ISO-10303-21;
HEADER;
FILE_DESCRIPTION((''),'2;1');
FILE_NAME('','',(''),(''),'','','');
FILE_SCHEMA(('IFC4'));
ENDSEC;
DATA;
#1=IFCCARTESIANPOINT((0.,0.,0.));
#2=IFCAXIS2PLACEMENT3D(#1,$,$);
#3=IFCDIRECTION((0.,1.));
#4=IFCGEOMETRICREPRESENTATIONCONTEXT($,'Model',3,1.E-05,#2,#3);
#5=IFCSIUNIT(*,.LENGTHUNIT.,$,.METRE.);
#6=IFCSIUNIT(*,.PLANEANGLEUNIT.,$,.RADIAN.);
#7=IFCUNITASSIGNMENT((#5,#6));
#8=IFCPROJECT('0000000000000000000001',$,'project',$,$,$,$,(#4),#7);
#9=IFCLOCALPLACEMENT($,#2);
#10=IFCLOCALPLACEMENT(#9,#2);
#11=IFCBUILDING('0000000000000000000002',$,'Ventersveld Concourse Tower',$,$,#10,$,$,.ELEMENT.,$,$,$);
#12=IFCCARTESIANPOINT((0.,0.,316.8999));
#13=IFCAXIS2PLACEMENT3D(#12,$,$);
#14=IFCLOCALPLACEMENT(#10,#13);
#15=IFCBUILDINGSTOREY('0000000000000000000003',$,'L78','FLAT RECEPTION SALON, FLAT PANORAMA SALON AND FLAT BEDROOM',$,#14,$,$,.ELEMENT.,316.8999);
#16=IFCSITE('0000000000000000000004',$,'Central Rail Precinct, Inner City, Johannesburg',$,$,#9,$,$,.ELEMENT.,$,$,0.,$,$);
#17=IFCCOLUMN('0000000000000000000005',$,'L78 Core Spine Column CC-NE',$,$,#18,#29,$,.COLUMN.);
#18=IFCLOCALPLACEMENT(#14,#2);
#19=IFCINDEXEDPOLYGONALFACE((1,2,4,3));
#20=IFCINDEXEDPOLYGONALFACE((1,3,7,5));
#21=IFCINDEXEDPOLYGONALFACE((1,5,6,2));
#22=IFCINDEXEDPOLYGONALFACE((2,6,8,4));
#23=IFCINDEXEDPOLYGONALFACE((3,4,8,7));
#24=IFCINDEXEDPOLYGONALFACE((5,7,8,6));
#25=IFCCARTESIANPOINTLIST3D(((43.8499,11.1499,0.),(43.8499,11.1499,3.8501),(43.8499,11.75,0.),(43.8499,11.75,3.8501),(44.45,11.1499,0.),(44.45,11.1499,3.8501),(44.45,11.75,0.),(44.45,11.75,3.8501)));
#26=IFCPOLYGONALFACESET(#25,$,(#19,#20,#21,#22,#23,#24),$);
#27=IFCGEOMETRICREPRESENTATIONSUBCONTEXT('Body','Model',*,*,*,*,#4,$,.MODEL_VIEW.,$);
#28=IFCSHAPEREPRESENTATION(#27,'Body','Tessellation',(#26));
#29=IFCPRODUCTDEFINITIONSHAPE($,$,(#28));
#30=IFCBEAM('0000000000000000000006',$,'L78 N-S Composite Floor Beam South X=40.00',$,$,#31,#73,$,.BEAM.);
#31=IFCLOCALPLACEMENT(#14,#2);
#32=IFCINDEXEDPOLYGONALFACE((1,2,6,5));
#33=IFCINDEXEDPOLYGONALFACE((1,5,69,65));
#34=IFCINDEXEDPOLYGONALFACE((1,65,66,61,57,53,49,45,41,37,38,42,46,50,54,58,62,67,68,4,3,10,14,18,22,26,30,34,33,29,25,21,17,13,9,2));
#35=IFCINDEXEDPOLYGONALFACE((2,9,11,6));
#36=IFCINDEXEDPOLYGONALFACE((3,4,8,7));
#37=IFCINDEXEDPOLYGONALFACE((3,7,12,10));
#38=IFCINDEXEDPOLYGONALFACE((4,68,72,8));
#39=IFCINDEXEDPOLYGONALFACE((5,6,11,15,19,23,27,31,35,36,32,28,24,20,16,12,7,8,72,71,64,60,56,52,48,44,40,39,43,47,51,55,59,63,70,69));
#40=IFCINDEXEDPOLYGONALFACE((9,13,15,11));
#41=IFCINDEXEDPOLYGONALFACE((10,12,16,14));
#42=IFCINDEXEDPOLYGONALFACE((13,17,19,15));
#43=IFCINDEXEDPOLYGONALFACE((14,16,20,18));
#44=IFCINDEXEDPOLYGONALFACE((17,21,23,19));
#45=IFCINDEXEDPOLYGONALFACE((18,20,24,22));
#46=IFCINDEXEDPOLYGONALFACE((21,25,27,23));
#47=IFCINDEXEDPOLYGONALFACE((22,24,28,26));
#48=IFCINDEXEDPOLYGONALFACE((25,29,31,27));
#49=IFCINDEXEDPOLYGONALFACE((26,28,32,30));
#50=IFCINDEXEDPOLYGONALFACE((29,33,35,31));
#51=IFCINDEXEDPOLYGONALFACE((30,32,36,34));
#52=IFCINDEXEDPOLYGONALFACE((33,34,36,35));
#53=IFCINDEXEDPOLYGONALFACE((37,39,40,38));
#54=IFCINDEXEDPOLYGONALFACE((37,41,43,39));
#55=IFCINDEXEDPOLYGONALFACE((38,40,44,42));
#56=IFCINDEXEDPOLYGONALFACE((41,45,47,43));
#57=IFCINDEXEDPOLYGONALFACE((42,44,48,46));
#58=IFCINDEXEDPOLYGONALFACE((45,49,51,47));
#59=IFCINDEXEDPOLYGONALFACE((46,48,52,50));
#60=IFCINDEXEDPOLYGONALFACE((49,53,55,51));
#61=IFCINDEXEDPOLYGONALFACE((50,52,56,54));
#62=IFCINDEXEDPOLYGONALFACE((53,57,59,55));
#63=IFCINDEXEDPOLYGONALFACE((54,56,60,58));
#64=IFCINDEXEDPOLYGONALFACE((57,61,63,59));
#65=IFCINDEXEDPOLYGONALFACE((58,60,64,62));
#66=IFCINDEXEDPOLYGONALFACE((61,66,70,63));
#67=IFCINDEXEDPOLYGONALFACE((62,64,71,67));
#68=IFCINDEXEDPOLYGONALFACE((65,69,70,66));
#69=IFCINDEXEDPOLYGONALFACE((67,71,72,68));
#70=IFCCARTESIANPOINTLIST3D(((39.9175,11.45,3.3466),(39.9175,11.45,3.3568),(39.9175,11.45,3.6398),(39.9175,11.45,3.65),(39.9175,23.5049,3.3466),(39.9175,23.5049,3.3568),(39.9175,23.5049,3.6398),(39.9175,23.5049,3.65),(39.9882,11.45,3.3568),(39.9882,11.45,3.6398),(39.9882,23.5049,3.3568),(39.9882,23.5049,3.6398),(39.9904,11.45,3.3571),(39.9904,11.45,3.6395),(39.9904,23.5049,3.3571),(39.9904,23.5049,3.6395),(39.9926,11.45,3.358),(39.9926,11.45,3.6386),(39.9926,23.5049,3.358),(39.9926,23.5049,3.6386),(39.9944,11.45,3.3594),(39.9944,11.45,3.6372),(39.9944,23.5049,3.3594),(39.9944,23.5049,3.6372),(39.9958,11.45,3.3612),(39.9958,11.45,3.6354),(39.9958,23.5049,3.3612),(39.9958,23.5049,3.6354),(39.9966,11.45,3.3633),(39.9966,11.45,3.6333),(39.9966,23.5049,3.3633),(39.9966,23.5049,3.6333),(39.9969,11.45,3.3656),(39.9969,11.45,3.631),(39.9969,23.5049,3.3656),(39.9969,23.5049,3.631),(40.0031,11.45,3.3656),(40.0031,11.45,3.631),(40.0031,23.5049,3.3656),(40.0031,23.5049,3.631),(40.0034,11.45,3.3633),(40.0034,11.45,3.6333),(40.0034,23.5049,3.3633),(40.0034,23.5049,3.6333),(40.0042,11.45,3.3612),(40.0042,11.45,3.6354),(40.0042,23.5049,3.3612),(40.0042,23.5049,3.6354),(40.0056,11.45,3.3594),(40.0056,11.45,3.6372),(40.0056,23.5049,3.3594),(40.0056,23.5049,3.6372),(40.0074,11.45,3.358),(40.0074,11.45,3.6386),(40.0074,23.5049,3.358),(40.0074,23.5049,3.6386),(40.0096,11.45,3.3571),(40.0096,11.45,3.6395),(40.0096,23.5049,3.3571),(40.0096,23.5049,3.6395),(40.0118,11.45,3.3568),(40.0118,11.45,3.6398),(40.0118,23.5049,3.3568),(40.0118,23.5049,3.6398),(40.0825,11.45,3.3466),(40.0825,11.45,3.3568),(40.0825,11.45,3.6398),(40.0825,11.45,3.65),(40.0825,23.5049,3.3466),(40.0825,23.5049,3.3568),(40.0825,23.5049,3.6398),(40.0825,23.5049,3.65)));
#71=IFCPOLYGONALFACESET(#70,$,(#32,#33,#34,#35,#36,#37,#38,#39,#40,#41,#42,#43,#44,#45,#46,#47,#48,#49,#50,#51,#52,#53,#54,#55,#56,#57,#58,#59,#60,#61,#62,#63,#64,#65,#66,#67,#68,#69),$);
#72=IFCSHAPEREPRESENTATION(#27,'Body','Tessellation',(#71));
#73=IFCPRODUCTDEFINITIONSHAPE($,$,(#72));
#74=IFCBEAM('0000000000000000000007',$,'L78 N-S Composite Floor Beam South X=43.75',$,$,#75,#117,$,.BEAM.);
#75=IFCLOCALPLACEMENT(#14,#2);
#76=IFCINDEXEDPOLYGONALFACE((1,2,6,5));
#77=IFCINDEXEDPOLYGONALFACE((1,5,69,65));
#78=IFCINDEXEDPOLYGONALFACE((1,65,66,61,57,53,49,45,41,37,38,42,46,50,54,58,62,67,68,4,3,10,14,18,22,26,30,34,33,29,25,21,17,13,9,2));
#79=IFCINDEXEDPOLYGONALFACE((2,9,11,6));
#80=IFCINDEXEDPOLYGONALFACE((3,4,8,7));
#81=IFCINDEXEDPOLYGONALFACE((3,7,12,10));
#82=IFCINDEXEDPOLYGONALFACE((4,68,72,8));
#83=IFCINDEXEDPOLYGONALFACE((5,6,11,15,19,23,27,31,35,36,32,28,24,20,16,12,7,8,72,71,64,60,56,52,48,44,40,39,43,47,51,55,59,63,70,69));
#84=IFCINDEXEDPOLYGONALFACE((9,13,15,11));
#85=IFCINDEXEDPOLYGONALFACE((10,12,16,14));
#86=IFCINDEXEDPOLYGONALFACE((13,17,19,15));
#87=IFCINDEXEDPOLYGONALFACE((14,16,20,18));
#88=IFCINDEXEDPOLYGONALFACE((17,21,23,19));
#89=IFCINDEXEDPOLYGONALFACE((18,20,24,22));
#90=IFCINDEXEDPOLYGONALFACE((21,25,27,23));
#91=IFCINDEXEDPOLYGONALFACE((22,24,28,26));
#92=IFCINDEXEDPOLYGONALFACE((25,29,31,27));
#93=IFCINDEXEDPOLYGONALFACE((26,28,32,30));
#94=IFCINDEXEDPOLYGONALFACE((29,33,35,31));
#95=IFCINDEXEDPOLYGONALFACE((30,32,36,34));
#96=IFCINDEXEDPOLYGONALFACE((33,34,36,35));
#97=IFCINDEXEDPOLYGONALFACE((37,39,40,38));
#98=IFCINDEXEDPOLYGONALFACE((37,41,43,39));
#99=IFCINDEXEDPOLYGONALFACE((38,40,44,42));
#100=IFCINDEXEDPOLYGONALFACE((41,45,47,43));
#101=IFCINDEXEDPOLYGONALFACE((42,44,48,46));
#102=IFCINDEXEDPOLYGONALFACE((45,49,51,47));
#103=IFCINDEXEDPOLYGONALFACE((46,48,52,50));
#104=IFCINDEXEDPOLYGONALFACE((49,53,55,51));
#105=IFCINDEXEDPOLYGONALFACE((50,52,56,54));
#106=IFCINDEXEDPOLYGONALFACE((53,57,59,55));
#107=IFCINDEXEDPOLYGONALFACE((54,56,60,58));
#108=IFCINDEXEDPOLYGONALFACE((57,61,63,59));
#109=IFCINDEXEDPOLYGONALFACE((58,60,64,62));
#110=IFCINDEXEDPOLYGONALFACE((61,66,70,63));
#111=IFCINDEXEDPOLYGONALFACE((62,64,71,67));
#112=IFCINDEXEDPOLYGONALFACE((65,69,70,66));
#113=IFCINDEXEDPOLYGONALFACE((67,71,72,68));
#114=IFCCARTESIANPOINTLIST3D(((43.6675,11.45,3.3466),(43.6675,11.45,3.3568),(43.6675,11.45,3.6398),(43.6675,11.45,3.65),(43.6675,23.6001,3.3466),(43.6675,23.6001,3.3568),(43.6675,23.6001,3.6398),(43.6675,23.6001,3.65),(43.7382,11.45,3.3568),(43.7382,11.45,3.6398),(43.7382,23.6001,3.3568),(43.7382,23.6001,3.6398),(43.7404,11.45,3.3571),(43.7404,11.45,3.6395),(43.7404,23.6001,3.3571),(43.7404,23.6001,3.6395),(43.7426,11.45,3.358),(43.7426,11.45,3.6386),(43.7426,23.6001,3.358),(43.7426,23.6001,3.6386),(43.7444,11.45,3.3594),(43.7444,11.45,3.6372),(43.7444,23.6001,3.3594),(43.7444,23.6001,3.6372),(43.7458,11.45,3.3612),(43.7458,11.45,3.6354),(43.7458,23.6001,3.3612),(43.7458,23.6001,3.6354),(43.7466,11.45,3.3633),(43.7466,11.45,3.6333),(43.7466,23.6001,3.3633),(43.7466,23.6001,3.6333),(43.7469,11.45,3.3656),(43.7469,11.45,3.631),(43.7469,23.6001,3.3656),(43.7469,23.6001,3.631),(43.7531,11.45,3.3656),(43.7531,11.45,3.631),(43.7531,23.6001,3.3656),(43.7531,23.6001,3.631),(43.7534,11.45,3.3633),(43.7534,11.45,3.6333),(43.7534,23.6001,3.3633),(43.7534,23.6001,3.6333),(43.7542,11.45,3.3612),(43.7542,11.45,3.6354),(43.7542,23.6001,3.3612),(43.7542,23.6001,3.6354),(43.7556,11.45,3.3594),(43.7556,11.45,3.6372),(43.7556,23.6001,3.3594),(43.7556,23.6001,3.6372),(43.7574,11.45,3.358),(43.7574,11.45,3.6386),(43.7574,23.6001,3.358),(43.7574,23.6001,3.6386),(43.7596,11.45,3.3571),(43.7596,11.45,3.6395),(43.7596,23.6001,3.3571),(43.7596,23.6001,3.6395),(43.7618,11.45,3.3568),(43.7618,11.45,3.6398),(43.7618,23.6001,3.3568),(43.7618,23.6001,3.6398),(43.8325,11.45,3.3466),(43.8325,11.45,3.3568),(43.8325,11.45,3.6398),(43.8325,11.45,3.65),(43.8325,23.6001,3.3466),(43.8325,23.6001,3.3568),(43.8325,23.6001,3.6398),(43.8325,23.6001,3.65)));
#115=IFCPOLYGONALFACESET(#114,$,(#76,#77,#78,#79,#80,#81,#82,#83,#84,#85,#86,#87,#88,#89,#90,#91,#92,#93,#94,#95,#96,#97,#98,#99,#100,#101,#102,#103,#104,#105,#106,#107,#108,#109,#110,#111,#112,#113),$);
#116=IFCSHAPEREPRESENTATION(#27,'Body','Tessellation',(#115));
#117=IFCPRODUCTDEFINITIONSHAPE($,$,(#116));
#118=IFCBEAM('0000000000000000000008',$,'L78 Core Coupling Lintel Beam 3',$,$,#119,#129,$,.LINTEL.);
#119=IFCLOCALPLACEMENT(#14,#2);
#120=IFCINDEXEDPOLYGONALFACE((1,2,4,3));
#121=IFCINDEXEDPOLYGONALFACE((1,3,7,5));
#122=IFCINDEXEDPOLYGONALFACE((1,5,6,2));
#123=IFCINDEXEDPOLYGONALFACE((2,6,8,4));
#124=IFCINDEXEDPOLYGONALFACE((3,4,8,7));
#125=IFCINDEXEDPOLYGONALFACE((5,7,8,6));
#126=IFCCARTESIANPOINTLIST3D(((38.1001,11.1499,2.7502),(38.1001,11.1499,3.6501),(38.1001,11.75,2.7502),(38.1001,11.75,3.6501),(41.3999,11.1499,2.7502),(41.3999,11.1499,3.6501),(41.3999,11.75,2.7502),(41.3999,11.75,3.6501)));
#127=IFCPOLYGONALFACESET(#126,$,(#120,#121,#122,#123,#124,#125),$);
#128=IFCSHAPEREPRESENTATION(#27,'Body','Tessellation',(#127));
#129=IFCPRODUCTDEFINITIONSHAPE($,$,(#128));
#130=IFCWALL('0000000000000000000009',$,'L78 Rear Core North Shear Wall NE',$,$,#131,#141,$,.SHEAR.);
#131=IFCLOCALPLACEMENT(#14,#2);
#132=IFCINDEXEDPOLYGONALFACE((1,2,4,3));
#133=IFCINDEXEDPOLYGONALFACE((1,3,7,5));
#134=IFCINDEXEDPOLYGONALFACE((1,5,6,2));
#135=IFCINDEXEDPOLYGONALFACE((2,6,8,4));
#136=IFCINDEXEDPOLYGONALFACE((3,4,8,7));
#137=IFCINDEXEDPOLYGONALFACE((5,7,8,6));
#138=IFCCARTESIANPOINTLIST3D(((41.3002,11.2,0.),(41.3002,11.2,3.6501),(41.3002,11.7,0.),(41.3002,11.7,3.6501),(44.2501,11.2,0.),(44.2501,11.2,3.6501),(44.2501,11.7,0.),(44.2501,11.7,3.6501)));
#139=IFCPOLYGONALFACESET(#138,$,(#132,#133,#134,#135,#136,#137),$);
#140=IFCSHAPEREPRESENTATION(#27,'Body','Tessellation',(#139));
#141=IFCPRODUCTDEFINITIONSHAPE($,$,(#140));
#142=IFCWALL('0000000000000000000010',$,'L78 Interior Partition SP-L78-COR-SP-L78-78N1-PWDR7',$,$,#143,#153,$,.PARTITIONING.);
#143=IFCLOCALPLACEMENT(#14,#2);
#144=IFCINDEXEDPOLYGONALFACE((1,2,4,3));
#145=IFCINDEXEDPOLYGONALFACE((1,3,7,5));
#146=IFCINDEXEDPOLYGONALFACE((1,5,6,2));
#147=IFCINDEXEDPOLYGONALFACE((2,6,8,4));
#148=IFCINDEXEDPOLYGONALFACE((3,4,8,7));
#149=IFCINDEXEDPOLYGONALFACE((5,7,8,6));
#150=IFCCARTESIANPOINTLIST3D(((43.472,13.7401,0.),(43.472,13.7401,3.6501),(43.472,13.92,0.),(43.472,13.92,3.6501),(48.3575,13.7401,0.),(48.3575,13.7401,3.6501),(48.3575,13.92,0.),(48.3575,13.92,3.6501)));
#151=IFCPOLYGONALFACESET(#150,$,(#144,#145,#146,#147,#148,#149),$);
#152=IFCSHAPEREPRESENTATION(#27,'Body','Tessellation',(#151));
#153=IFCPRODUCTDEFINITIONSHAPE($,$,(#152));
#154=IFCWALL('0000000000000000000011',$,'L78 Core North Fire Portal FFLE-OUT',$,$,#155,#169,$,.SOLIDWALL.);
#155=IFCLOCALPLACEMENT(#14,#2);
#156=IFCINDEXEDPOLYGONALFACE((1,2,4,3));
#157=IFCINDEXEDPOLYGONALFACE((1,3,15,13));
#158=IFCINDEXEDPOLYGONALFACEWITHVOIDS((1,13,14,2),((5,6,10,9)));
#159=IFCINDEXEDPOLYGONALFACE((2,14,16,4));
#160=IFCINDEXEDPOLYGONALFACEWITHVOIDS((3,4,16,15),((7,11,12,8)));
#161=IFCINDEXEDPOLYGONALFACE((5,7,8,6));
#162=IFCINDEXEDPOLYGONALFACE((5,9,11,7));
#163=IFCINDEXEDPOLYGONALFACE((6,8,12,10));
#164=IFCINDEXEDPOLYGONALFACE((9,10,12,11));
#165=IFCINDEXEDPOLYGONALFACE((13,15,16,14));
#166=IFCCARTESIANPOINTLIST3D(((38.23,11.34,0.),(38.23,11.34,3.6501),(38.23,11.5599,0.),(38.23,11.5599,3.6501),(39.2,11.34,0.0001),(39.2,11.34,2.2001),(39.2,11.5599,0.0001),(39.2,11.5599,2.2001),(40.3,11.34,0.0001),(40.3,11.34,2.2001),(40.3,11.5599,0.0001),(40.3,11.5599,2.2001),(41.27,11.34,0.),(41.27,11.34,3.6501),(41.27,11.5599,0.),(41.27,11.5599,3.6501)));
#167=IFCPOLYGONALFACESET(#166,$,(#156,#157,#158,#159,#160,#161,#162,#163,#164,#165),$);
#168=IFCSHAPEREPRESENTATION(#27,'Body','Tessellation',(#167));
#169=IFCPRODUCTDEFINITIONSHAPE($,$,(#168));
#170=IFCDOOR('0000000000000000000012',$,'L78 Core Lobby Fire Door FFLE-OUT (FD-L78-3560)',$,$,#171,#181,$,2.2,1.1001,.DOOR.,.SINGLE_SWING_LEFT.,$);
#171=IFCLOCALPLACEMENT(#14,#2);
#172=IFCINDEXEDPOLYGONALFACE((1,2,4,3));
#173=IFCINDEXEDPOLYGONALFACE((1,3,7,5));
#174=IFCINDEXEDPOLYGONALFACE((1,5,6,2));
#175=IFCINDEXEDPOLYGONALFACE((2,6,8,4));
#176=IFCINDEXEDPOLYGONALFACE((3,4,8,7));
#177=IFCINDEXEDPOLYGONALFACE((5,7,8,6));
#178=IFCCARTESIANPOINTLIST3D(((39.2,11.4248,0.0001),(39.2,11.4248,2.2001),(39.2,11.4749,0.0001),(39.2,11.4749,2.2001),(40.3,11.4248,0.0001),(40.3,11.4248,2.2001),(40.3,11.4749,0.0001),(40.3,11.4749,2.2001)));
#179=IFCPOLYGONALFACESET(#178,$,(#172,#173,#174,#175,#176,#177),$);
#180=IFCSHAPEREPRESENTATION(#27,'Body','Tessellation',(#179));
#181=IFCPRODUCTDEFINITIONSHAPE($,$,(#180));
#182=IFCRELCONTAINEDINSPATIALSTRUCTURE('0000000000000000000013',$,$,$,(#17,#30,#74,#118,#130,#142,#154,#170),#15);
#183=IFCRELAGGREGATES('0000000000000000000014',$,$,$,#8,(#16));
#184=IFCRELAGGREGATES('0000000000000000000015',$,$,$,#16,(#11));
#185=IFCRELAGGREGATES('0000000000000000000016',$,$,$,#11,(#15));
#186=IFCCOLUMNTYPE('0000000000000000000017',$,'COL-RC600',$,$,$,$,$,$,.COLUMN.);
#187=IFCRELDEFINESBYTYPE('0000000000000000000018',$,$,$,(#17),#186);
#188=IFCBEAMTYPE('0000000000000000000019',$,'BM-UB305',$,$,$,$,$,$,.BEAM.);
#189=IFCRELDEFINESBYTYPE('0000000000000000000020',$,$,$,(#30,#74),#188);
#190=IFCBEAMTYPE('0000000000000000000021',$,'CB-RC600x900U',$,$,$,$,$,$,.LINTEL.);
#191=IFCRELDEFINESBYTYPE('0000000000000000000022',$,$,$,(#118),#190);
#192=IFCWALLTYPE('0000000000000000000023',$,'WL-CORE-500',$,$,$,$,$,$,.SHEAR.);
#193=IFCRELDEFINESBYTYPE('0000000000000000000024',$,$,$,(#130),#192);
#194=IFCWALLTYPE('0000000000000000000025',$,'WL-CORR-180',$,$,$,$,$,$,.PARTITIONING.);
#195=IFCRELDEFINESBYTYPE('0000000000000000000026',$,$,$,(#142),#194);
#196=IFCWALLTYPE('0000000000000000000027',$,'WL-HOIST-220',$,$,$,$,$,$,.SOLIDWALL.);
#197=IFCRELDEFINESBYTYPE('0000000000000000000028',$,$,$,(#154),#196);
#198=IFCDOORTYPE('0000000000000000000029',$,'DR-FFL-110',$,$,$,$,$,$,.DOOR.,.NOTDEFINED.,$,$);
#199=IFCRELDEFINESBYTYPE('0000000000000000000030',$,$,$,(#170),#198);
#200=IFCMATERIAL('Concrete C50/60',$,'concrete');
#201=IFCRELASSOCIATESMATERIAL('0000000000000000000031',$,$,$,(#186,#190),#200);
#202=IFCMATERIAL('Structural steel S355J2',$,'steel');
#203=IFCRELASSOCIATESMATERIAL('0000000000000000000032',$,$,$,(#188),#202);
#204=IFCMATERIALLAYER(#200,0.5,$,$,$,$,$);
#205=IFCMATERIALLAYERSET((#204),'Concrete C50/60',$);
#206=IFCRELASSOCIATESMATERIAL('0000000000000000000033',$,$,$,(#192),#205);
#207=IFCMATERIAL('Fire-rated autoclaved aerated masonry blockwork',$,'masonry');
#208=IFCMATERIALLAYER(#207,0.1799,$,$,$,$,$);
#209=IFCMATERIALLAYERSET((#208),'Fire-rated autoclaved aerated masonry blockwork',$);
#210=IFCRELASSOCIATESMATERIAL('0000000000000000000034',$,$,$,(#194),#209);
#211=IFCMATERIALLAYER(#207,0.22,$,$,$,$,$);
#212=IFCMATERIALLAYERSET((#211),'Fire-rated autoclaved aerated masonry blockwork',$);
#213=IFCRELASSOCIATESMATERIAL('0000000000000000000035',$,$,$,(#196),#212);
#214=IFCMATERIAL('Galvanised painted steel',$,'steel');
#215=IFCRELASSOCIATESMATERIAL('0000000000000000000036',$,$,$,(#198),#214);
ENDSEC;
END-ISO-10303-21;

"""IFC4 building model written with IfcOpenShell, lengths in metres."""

from ifc_helpers import new_model, si_unit, direction, frame, frame_2d, origin, origin_2d, place, context, subcontext, project, spatial, rectangle, i_section, extrude, material, layer, layer_set, material_profile, profile_set, type_object, element, fill, save


model = new_model("IFC4")

# Units and contexts
model_context = context("Model", 3, precision=1e-05, world=origin(), true_north=direction((0.0, 1.0)))
body_context = subcontext(model_context, "Body", "Model", "MODEL_VIEW")
ifc_project = project(units=[si_unit("LENGTHUNIT", "METRE"), si_unit("PLANEANGLEUNIT", "RADIAN")], contexts=[model_context])

# Site, building, storey
site_placement = place(None, origin())
site = spatial("IfcSite", under=ifc_project, at=site_placement, Name="Central Rail Precinct, Inner City, Johannesburg", CompositionType="ELEMENT", RefElevation=0.0)
building_placement = place(site_placement, origin())
building = spatial("IfcBuilding", under=site, at=building_placement, Name="Ventersveld Concourse Tower", CompositionType="ELEMENT")
storey_placement = place(building_placement, frame((0.0, 0.0, 316.8999)))
storey = spatial("IfcBuildingStorey", under=building, at=storey_placement, Name="L78", Description="FLAT RECEPTION SALON, FLAT PANORAMA SALON AND FLAT BEDROOM", CompositionType="ELEMENT", Elevation=316.8999)

# Column
ifc_material_1 = material(Name="Concrete C50/60", Category="concrete")
ifc_material_profile_1 = material_profile(ifc_material_1, rectangle(XDim=0.6001, YDim=0.6001, at=origin_2d()), Name="RC 600x600")
ifc_profile_set_1 = profile_set([ifc_material_profile_1], Name="Concrete C50/60")
column_type = type_object("IfcColumnType", Name="COL-RC600", PredefinedType="COLUMN", material=ifc_profile_set_1)
column_placement = place(storey_placement, frame((44.1499, 11.45, 0.0), z_axis=(0.0, 0.0, 1.0), x_axis=(1.0, 0.0, 0.0)))
element("IfcColumn", 1, at=column_placement, inside=storey, type_object=column_type, Name="L78 Core Spine Column CC-NE", PredefinedType="COLUMN", context=body_context, shape_type="SweptSolid", body=[
    extrude(rectangle(XDim=0.6001, YDim=0.6001, at=origin_2d()), origin(), (0.0, 0.0, 1.0), 3.8501),
])

# Beams
ifc_material_2 = material(Name="Structural steel S355J2", Category="steel")
ifc_material_profile_2 = material_profile(ifc_material_2, i_section(OverallWidth=0.165, OverallDepth=0.3035, WebThickness=0.0061, FlangeThickness=0.0103, FilletRadius=0.0088, at=origin_2d()), Name="UB 305x165x40")
ifc_profile_set_2 = profile_set([ifc_material_profile_2], Name="Structural steel S355J2")
beam_type_1 = type_object("IfcBeamType", Name="BM-UB305", PredefinedType="BEAM", material=ifc_profile_set_2)
beam_1_placement = place(storey_placement, frame((40.0, 11.45, 3.4983), z_axis=(0.0, 1.0, 0.0), x_axis=(-1.0, 0.0, 0.0)))
element("IfcBeam", 2, at=beam_1_placement, inside=storey, type_object=beam_type_1, Name="L78 N-S Composite Floor Beam South X=40.00", PredefinedType="BEAM", context=body_context, shape_type="SweptSolid", body=[
    extrude(i_section(OverallWidth=0.165, OverallDepth=0.3035, WebThickness=0.0061, FlangeThickness=0.0103, FilletRadius=0.0088, at=origin_2d()), origin(), (0.0, 0.0, 1.0), 12.0549),
])
beam_2_placement = place(storey_placement, frame((43.75, 11.45, 3.4983), z_axis=(0.0, 1.0, 0.0), x_axis=(-1.0, 0.0, 0.0)))
element("IfcBeam", 3, at=beam_2_placement, inside=storey, type_object=beam_type_1, Name="L78 N-S Composite Floor Beam South X=43.75", PredefinedType="BEAM", context=body_context, shape_type="SweptSolid", body=[
    extrude(i_section(OverallWidth=0.165, OverallDepth=0.3035, WebThickness=0.0061, FlangeThickness=0.0103, FilletRadius=0.0088, at=origin_2d()), origin(), (0.0, 0.0, 1.0), 12.1501),
])
ifc_material_profile_3 = material_profile(ifc_material_1, rectangle(XDim=0.6001, YDim=0.8999, at=origin_2d()), Name="RC 600x900")
ifc_profile_set_3 = profile_set([ifc_material_profile_3], Name="Concrete C50/60")
beam_type_2 = type_object("IfcBeamType", Name="CB-RC600x900U", PredefinedType="LINTEL", material=ifc_profile_set_3)
beam_3_placement = place(storey_placement, frame((38.1001, 11.45, 3.2002), z_axis=(1.0, 0.0, 0.0), x_axis=(0.0, 1.0, 0.0)))
element("IfcBeam", 4, at=beam_3_placement, inside=storey, type_object=beam_type_2, Name="L78 Core Coupling Lintel Beam 3", PredefinedType="LINTEL", context=body_context, shape_type="SweptSolid", body=[
    extrude(rectangle(XDim=0.6001, YDim=0.8999, at=origin_2d()), origin(), (0.0, 0.0, 1.0), 3.2998),
])

# Wall
ifc_layer_1 = layer(ifc_material_1, 0.5)
ifc_layer_set_1 = layer_set([ifc_layer_1], Name="Concrete C50/60")
wall_type_1 = type_object("IfcWallType", Name="WL-CORE-500", PredefinedType="SHEAR", material=ifc_layer_set_1)
wall_1_placement = place(storey_placement, frame((41.3, 11.45, 0.0), z_axis=(0.0, 0.0, 1.0), x_axis=(1.0, 0.0, 0.0)))
element("IfcWall", 5, at=wall_1_placement, inside=storey, type_object=wall_type_1, Name="L78 Rear Core North Shear Wall NE", PredefinedType="SHEAR", context=body_context, shape_type="SweptSolid", body=[
    extrude(rectangle(XDim=2.95, YDim=0.5, at=frame_2d((1.4751, 0.0))), origin(), (0.0, 0.0, 1.0), 3.6501),
])

# Shared definitions
ifc_material_3 = material(Name="Fire-rated autoclaved aerated masonry blockwork", Category="masonry")
ifc_layer_2 = layer(ifc_material_3, 0.1799)
ifc_layer_set_2 = layer_set([ifc_layer_2], Name="Fire-rated autoclaved aerated masonry blockwork")
wall_type_2 = type_object("IfcWallType", Name="WL-CORR-180", PredefinedType="PARTITIONING", material=ifc_layer_set_2)

# Wall
wall_2_placement = place(storey_placement, frame((43.4719, 13.8301, 0.0), z_axis=(0.0, 0.0, 1.0), x_axis=(1.0, 0.0, 0.0)))
element("IfcWall", 6, at=wall_2_placement, inside=storey, type_object=wall_type_2, Name="L78 Interior Partition SP-L78-COR-SP-L78-78N1-PWDR7", PredefinedType="PARTITIONING", context=body_context, shape_type="SweptSolid", body=[
    extrude(rectangle(XDim=4.8855, YDim=0.1799, at=frame_2d((2.4429, 0.0))), origin(), (0.0, 0.0, 1.0), 3.6501),
])

# Wall, opening, door
ifc_layer_3 = layer(ifc_material_3, 0.22)
ifc_layer_set_3 = layer_set([ifc_layer_3], Name="Fire-rated autoclaved aerated masonry blockwork")
wall_type_3 = type_object("IfcWallType", Name="WL-HOIST-220", PredefinedType="SOLIDWALL", material=ifc_layer_set_3)
wall_3_placement = place(storey_placement, frame((38.23, 11.45, 0.0), z_axis=(0.0, 0.0, 1.0), x_axis=(1.0, 0.0, 0.0)))
wall_3 = element("IfcWall", 7, at=wall_3_placement, inside=storey, type_object=wall_type_3, Name="L78 Core North Fire Portal FFLE-OUT", PredefinedType="SOLIDWALL", context=body_context, shape_type="SweptSolid", body=[
    extrude(rectangle(XDim=3.04, YDim=0.22, at=frame_2d((1.52, 0.0))), origin(), (0.0, 0.0, 1.0), 3.6501),
])
opening_1_placement = place(wall_3_placement, frame((0.97, 0.0, 0.0)))
opening_1 = element("IfcOpeningElement", 8, at=opening_1_placement, cuts=wall_3, PredefinedType="OPENING", context=body_context, shape_type="SweptSolid", body=[
    extrude(rectangle(XDim=1.1001, YDim=2.2, at=frame_2d((0.55, 1.1001))), frame((0.0, 0.1201, 0.0), z_axis=(0.0, -1.0, 0.0), x_axis=(1.0, 0.0, 0.0)), (0.0, 0.0, 1.0), 0.24),
])
ifc_material_4 = material(Name="Galvanised painted steel", Category="steel")
door_type_1 = type_object("IfcDoorType", Name="DR-FFL-110", OperationType="NOTDEFINED", PredefinedType="DOOR", material=ifc_material_4)
door_1_placement = place(opening_1_placement, origin())
door_1 = element("IfcDoor", 9, at=door_1_placement, inside=storey, type_object=door_type_1, Name="L78 Core Lobby Fire Door FFLE-OUT (FD-L78-3560)", OperationType="SINGLE_SWING_LEFT", OverallHeight=2.2, OverallWidth=1.1001, PredefinedType="DOOR", context=body_context, shape_type="SweptSolid", body=[
    extrude(rectangle(XDim=1.1001, YDim=2.2, at=frame_2d((0.55, 1.1001))), frame((0.0, 0.0249, 0.0), z_axis=(0.0, -1.0, 0.0), x_axis=(1.0, 0.0, 0.0)), (0.0, 0.0, 1.0), 0.05),
])
fill(opening_1, door_1)

save(model, "model.ifc")
